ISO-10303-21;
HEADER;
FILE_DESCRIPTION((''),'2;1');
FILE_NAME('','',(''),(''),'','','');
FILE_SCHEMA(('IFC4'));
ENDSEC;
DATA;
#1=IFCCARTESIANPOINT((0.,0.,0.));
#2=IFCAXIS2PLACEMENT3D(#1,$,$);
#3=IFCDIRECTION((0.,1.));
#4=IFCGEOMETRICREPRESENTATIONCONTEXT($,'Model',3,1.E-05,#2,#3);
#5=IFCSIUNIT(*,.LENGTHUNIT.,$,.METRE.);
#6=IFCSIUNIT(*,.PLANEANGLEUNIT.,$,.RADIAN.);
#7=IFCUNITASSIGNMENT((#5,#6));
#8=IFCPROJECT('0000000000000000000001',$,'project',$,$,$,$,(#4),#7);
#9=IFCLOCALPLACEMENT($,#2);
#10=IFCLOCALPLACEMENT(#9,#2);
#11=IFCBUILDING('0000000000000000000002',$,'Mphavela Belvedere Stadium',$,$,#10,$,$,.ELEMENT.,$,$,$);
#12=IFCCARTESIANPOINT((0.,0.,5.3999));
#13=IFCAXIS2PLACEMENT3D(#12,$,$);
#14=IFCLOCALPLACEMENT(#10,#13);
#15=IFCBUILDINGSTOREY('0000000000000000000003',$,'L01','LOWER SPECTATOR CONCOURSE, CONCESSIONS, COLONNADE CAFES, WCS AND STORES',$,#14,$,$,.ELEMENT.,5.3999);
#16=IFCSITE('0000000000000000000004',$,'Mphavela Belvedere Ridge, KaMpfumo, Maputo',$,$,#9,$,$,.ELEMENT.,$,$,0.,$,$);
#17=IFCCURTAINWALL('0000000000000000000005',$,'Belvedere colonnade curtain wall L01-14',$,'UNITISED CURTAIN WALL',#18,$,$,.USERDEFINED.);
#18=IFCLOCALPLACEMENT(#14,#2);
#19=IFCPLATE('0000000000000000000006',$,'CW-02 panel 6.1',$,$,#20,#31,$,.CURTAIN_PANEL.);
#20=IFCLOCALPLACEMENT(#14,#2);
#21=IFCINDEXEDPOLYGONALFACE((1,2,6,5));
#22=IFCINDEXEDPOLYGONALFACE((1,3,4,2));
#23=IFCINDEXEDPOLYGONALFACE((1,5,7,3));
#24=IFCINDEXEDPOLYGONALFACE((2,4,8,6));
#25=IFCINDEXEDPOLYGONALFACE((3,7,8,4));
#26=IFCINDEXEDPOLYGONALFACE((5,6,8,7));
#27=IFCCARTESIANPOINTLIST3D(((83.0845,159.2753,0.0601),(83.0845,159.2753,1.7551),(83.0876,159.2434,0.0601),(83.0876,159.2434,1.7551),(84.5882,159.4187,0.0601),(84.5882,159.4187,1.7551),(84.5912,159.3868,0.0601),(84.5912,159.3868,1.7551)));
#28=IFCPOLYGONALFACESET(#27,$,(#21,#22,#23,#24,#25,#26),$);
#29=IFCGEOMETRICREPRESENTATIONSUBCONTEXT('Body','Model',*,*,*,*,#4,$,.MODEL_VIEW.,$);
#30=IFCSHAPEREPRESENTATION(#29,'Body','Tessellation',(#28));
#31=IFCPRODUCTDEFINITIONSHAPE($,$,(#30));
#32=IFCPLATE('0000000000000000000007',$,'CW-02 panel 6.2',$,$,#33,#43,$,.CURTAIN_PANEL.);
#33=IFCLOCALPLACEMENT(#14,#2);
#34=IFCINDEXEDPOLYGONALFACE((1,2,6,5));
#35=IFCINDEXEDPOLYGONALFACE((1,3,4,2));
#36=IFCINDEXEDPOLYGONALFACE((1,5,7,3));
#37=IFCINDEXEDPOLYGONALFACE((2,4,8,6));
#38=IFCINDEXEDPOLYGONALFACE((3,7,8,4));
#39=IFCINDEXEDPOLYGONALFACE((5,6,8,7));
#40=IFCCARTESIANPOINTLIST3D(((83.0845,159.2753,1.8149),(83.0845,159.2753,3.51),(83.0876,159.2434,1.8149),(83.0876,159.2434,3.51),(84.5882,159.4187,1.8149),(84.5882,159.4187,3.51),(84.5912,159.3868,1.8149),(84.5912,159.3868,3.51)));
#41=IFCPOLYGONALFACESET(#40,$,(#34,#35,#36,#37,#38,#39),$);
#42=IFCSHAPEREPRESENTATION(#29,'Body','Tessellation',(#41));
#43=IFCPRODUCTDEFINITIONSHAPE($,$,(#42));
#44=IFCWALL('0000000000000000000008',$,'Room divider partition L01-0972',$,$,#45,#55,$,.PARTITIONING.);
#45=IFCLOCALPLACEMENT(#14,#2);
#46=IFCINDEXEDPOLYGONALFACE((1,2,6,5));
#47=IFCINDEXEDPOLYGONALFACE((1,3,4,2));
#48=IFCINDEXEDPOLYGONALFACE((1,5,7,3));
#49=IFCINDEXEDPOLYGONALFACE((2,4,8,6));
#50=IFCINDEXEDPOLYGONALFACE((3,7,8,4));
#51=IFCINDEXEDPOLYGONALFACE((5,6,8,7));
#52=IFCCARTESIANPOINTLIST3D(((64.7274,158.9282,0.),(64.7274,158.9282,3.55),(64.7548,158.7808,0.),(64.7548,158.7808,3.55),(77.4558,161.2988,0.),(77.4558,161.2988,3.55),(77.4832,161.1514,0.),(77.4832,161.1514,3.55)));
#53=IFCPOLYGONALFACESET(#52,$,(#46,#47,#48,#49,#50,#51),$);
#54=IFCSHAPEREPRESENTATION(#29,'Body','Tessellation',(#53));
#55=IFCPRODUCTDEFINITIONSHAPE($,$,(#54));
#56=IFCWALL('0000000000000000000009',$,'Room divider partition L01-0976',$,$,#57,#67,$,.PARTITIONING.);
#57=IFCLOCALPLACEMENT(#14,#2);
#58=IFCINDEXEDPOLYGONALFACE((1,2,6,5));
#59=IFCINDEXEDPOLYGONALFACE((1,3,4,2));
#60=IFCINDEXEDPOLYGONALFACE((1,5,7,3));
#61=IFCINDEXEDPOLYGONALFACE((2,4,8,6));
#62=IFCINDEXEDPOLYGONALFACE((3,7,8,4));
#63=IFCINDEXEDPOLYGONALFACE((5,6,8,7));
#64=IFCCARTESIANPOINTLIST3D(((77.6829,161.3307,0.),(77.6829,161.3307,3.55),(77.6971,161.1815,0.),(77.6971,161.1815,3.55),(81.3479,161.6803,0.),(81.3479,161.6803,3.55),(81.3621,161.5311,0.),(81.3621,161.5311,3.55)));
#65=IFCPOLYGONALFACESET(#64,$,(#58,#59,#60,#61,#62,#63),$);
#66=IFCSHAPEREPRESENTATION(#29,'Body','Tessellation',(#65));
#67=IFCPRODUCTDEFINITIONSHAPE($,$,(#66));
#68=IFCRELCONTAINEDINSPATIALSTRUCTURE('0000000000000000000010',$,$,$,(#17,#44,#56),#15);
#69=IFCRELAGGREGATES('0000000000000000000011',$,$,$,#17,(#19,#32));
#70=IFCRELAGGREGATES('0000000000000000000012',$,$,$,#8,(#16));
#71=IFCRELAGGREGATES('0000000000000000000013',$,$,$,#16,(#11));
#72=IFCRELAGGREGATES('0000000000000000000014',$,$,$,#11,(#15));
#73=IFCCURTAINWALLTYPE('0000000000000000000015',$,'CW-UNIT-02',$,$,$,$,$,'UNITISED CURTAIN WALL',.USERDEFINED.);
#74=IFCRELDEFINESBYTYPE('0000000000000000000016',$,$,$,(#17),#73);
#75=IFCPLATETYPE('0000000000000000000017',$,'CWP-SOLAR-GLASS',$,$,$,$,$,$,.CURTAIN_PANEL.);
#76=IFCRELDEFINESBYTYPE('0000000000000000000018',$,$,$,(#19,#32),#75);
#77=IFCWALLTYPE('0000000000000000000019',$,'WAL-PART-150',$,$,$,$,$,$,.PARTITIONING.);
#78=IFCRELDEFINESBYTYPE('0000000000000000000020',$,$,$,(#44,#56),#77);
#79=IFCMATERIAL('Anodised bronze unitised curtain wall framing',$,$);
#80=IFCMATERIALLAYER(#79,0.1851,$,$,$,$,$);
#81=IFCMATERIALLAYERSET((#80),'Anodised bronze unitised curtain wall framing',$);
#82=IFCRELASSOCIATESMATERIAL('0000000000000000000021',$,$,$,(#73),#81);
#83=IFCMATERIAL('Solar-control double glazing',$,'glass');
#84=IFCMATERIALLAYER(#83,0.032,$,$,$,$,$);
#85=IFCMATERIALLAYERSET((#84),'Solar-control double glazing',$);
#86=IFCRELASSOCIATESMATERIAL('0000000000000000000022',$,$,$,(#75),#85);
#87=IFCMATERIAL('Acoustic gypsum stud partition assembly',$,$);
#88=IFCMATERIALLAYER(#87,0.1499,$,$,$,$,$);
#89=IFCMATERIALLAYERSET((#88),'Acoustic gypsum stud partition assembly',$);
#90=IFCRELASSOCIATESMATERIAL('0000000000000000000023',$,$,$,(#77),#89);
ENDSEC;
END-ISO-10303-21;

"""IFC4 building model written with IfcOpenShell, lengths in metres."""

from ifc_helpers import new_model, si_unit, direction, frame, frame_2d, origin, origin_2d, place, context, subcontext, project, spatial, rectangle, extrude, material, layer, layer_set, type_object, element, aggregate, save


model = new_model("IFC4")

# Units and contexts
model_context = context("Model", 3, precision=1e-05, world=origin(), true_north=direction((0.0, 1.0)))
body_context = subcontext(model_context, "Body", "Model", "MODEL_VIEW")
ifc_project = project(units=[si_unit("LENGTHUNIT", "METRE"), si_unit("PLANEANGLEUNIT", "RADIAN")], contexts=[model_context])

# Site, building, storey
site_placement = place(None, origin())
site = spatial("IfcSite", under=ifc_project, at=site_placement, Name="Mphavela Belvedere Ridge, KaMpfumo, Maputo", CompositionType="ELEMENT", RefElevation=0.0)
building_placement = place(site_placement, origin())
building = spatial("IfcBuilding", under=site, at=building_placement, Name="Mphavela Belvedere Stadium", CompositionType="ELEMENT")
storey_placement = place(building_placement, frame((0.0, 0.0, 5.3999)))
storey = spatial("IfcBuildingStorey", under=building, at=storey_placement, Name="L01", Description="LOWER SPECTATOR CONCOURSE, CONCESSIONS, COLONNADE CAFES, WCS AND STORES", CompositionType="ELEMENT", Elevation=5.3999)

# Curtain wall, plates
ifc_material_1 = material(Name="Anodised bronze unitised curtain wall framing")
ifc_layer_1 = layer(ifc_material_1, 0.1851)
ifc_layer_set_1 = layer_set([ifc_layer_1], Name="Anodised bronze unitised curtain wall framing")
curtain_wall_type = type_object("IfcCurtainWallType", Name="CW-UNIT-02", ElementType="UNITISED CURTAIN WALL", PredefinedType="USERDEFINED", material=ifc_layer_set_1)
curtain_wall_placement = place(storey_placement, origin())
curtain_wall = element("IfcCurtainWall", 1, at=curtain_wall_placement, inside=storey, type_object=curtain_wall_type, Name="Belvedere colonnade curtain wall L01-14", ObjectType="UNITISED CURTAIN WALL", PredefinedType="USERDEFINED")
ifc_material_2 = material(Name="Solar-control double glazing", Category="glass")
ifc_layer_2 = layer(ifc_material_2, 0.032)
ifc_layer_set_2 = layer_set([ifc_layer_2], Name="Solar-control double glazing")
plate_type = type_object("IfcPlateType", Name="CWP-SOLAR-GLASS", PredefinedType="CURTAIN_PANEL", material=ifc_layer_set_2)
plate_1_placement = place(storey_placement, frame((83.8379, 159.3311, 0.0601), z_axis=(0.0, 0.0, 1.0), x_axis=(-0.995485, -0.094922, 0.0)))
plate_1 = element("IfcPlate", 2, at=plate_1_placement, type_object=plate_type, Name="CW-02 panel 6.1", PredefinedType="CURTAIN_PANEL", context=body_context, shape_type="SweptSolid", body=[
    extrude(rectangle(XDim=1.5105, YDim=0.032, at=origin_2d()), origin(), (0.0, 0.0, 1.0), 1.6951),
])
plate_2_placement = place(storey_placement, frame((83.8379, 159.3311, 1.8149), z_axis=(0.0, 0.0, 1.0), x_axis=(-0.995485, -0.094922, 0.0)))
plate_2 = element("IfcPlate", 3, at=plate_2_placement, type_object=plate_type, Name="CW-02 panel 6.2", PredefinedType="CURTAIN_PANEL", context=body_context, shape_type="SweptSolid", body=[
    extrude(rectangle(XDim=1.5105, YDim=0.032, at=origin_2d()), origin(), (0.0, 0.0, 1.0), 1.6951),
])
aggregate(curtain_wall, [plate_1, plate_2])

# Walls
ifc_material_3 = material(Name="Acoustic gypsum stud partition assembly")
ifc_layer_3 = layer(ifc_material_3, 0.1499)
ifc_layer_set_3 = layer_set([ifc_layer_3], Name="Acoustic gypsum stud partition assembly")
wall_type = type_object("IfcWallType", Name="WAL-PART-150", PredefinedType="PARTITIONING", material=ifc_layer_set_3)
wall_1_placement = place(storey_placement, frame((77.4695, 161.2251, 0.0), z_axis=(0.0, 0.0, 1.0), x_axis=(-0.983095, -0.183099, 0.0)))
element("IfcWall", 4, at=wall_1_placement, inside=storey, type_object=wall_type, Name="Room divider partition L01-0972", PredefinedType="PARTITIONING", context=body_context, shape_type="SweptSolid", body=[
    extrude(rectangle(XDim=12.9473, YDim=0.1499, at=frame_2d((6.4736, 0.0))), origin(), (0.0, 0.0, 1.0), 3.55),
])
wall_2_placement = place(storey_placement, frame((81.355, 161.6057, 0.0), z_axis=(0.0, 0.0, 1.0), x_axis=(-0.995481, -0.094959, 0.0)))
element("IfcWall", 5, at=wall_2_placement, inside=storey, type_object=wall_type, Name="Room divider partition L01-0976", PredefinedType="PARTITIONING", context=body_context, shape_type="SweptSolid", body=[
    extrude(rectangle(XDim=3.6816, YDim=0.1499, at=frame_2d((1.8408, 0.0))), origin(), (0.0, 0.0, 1.0), 3.55),
])

save(model, "model.ifc")
